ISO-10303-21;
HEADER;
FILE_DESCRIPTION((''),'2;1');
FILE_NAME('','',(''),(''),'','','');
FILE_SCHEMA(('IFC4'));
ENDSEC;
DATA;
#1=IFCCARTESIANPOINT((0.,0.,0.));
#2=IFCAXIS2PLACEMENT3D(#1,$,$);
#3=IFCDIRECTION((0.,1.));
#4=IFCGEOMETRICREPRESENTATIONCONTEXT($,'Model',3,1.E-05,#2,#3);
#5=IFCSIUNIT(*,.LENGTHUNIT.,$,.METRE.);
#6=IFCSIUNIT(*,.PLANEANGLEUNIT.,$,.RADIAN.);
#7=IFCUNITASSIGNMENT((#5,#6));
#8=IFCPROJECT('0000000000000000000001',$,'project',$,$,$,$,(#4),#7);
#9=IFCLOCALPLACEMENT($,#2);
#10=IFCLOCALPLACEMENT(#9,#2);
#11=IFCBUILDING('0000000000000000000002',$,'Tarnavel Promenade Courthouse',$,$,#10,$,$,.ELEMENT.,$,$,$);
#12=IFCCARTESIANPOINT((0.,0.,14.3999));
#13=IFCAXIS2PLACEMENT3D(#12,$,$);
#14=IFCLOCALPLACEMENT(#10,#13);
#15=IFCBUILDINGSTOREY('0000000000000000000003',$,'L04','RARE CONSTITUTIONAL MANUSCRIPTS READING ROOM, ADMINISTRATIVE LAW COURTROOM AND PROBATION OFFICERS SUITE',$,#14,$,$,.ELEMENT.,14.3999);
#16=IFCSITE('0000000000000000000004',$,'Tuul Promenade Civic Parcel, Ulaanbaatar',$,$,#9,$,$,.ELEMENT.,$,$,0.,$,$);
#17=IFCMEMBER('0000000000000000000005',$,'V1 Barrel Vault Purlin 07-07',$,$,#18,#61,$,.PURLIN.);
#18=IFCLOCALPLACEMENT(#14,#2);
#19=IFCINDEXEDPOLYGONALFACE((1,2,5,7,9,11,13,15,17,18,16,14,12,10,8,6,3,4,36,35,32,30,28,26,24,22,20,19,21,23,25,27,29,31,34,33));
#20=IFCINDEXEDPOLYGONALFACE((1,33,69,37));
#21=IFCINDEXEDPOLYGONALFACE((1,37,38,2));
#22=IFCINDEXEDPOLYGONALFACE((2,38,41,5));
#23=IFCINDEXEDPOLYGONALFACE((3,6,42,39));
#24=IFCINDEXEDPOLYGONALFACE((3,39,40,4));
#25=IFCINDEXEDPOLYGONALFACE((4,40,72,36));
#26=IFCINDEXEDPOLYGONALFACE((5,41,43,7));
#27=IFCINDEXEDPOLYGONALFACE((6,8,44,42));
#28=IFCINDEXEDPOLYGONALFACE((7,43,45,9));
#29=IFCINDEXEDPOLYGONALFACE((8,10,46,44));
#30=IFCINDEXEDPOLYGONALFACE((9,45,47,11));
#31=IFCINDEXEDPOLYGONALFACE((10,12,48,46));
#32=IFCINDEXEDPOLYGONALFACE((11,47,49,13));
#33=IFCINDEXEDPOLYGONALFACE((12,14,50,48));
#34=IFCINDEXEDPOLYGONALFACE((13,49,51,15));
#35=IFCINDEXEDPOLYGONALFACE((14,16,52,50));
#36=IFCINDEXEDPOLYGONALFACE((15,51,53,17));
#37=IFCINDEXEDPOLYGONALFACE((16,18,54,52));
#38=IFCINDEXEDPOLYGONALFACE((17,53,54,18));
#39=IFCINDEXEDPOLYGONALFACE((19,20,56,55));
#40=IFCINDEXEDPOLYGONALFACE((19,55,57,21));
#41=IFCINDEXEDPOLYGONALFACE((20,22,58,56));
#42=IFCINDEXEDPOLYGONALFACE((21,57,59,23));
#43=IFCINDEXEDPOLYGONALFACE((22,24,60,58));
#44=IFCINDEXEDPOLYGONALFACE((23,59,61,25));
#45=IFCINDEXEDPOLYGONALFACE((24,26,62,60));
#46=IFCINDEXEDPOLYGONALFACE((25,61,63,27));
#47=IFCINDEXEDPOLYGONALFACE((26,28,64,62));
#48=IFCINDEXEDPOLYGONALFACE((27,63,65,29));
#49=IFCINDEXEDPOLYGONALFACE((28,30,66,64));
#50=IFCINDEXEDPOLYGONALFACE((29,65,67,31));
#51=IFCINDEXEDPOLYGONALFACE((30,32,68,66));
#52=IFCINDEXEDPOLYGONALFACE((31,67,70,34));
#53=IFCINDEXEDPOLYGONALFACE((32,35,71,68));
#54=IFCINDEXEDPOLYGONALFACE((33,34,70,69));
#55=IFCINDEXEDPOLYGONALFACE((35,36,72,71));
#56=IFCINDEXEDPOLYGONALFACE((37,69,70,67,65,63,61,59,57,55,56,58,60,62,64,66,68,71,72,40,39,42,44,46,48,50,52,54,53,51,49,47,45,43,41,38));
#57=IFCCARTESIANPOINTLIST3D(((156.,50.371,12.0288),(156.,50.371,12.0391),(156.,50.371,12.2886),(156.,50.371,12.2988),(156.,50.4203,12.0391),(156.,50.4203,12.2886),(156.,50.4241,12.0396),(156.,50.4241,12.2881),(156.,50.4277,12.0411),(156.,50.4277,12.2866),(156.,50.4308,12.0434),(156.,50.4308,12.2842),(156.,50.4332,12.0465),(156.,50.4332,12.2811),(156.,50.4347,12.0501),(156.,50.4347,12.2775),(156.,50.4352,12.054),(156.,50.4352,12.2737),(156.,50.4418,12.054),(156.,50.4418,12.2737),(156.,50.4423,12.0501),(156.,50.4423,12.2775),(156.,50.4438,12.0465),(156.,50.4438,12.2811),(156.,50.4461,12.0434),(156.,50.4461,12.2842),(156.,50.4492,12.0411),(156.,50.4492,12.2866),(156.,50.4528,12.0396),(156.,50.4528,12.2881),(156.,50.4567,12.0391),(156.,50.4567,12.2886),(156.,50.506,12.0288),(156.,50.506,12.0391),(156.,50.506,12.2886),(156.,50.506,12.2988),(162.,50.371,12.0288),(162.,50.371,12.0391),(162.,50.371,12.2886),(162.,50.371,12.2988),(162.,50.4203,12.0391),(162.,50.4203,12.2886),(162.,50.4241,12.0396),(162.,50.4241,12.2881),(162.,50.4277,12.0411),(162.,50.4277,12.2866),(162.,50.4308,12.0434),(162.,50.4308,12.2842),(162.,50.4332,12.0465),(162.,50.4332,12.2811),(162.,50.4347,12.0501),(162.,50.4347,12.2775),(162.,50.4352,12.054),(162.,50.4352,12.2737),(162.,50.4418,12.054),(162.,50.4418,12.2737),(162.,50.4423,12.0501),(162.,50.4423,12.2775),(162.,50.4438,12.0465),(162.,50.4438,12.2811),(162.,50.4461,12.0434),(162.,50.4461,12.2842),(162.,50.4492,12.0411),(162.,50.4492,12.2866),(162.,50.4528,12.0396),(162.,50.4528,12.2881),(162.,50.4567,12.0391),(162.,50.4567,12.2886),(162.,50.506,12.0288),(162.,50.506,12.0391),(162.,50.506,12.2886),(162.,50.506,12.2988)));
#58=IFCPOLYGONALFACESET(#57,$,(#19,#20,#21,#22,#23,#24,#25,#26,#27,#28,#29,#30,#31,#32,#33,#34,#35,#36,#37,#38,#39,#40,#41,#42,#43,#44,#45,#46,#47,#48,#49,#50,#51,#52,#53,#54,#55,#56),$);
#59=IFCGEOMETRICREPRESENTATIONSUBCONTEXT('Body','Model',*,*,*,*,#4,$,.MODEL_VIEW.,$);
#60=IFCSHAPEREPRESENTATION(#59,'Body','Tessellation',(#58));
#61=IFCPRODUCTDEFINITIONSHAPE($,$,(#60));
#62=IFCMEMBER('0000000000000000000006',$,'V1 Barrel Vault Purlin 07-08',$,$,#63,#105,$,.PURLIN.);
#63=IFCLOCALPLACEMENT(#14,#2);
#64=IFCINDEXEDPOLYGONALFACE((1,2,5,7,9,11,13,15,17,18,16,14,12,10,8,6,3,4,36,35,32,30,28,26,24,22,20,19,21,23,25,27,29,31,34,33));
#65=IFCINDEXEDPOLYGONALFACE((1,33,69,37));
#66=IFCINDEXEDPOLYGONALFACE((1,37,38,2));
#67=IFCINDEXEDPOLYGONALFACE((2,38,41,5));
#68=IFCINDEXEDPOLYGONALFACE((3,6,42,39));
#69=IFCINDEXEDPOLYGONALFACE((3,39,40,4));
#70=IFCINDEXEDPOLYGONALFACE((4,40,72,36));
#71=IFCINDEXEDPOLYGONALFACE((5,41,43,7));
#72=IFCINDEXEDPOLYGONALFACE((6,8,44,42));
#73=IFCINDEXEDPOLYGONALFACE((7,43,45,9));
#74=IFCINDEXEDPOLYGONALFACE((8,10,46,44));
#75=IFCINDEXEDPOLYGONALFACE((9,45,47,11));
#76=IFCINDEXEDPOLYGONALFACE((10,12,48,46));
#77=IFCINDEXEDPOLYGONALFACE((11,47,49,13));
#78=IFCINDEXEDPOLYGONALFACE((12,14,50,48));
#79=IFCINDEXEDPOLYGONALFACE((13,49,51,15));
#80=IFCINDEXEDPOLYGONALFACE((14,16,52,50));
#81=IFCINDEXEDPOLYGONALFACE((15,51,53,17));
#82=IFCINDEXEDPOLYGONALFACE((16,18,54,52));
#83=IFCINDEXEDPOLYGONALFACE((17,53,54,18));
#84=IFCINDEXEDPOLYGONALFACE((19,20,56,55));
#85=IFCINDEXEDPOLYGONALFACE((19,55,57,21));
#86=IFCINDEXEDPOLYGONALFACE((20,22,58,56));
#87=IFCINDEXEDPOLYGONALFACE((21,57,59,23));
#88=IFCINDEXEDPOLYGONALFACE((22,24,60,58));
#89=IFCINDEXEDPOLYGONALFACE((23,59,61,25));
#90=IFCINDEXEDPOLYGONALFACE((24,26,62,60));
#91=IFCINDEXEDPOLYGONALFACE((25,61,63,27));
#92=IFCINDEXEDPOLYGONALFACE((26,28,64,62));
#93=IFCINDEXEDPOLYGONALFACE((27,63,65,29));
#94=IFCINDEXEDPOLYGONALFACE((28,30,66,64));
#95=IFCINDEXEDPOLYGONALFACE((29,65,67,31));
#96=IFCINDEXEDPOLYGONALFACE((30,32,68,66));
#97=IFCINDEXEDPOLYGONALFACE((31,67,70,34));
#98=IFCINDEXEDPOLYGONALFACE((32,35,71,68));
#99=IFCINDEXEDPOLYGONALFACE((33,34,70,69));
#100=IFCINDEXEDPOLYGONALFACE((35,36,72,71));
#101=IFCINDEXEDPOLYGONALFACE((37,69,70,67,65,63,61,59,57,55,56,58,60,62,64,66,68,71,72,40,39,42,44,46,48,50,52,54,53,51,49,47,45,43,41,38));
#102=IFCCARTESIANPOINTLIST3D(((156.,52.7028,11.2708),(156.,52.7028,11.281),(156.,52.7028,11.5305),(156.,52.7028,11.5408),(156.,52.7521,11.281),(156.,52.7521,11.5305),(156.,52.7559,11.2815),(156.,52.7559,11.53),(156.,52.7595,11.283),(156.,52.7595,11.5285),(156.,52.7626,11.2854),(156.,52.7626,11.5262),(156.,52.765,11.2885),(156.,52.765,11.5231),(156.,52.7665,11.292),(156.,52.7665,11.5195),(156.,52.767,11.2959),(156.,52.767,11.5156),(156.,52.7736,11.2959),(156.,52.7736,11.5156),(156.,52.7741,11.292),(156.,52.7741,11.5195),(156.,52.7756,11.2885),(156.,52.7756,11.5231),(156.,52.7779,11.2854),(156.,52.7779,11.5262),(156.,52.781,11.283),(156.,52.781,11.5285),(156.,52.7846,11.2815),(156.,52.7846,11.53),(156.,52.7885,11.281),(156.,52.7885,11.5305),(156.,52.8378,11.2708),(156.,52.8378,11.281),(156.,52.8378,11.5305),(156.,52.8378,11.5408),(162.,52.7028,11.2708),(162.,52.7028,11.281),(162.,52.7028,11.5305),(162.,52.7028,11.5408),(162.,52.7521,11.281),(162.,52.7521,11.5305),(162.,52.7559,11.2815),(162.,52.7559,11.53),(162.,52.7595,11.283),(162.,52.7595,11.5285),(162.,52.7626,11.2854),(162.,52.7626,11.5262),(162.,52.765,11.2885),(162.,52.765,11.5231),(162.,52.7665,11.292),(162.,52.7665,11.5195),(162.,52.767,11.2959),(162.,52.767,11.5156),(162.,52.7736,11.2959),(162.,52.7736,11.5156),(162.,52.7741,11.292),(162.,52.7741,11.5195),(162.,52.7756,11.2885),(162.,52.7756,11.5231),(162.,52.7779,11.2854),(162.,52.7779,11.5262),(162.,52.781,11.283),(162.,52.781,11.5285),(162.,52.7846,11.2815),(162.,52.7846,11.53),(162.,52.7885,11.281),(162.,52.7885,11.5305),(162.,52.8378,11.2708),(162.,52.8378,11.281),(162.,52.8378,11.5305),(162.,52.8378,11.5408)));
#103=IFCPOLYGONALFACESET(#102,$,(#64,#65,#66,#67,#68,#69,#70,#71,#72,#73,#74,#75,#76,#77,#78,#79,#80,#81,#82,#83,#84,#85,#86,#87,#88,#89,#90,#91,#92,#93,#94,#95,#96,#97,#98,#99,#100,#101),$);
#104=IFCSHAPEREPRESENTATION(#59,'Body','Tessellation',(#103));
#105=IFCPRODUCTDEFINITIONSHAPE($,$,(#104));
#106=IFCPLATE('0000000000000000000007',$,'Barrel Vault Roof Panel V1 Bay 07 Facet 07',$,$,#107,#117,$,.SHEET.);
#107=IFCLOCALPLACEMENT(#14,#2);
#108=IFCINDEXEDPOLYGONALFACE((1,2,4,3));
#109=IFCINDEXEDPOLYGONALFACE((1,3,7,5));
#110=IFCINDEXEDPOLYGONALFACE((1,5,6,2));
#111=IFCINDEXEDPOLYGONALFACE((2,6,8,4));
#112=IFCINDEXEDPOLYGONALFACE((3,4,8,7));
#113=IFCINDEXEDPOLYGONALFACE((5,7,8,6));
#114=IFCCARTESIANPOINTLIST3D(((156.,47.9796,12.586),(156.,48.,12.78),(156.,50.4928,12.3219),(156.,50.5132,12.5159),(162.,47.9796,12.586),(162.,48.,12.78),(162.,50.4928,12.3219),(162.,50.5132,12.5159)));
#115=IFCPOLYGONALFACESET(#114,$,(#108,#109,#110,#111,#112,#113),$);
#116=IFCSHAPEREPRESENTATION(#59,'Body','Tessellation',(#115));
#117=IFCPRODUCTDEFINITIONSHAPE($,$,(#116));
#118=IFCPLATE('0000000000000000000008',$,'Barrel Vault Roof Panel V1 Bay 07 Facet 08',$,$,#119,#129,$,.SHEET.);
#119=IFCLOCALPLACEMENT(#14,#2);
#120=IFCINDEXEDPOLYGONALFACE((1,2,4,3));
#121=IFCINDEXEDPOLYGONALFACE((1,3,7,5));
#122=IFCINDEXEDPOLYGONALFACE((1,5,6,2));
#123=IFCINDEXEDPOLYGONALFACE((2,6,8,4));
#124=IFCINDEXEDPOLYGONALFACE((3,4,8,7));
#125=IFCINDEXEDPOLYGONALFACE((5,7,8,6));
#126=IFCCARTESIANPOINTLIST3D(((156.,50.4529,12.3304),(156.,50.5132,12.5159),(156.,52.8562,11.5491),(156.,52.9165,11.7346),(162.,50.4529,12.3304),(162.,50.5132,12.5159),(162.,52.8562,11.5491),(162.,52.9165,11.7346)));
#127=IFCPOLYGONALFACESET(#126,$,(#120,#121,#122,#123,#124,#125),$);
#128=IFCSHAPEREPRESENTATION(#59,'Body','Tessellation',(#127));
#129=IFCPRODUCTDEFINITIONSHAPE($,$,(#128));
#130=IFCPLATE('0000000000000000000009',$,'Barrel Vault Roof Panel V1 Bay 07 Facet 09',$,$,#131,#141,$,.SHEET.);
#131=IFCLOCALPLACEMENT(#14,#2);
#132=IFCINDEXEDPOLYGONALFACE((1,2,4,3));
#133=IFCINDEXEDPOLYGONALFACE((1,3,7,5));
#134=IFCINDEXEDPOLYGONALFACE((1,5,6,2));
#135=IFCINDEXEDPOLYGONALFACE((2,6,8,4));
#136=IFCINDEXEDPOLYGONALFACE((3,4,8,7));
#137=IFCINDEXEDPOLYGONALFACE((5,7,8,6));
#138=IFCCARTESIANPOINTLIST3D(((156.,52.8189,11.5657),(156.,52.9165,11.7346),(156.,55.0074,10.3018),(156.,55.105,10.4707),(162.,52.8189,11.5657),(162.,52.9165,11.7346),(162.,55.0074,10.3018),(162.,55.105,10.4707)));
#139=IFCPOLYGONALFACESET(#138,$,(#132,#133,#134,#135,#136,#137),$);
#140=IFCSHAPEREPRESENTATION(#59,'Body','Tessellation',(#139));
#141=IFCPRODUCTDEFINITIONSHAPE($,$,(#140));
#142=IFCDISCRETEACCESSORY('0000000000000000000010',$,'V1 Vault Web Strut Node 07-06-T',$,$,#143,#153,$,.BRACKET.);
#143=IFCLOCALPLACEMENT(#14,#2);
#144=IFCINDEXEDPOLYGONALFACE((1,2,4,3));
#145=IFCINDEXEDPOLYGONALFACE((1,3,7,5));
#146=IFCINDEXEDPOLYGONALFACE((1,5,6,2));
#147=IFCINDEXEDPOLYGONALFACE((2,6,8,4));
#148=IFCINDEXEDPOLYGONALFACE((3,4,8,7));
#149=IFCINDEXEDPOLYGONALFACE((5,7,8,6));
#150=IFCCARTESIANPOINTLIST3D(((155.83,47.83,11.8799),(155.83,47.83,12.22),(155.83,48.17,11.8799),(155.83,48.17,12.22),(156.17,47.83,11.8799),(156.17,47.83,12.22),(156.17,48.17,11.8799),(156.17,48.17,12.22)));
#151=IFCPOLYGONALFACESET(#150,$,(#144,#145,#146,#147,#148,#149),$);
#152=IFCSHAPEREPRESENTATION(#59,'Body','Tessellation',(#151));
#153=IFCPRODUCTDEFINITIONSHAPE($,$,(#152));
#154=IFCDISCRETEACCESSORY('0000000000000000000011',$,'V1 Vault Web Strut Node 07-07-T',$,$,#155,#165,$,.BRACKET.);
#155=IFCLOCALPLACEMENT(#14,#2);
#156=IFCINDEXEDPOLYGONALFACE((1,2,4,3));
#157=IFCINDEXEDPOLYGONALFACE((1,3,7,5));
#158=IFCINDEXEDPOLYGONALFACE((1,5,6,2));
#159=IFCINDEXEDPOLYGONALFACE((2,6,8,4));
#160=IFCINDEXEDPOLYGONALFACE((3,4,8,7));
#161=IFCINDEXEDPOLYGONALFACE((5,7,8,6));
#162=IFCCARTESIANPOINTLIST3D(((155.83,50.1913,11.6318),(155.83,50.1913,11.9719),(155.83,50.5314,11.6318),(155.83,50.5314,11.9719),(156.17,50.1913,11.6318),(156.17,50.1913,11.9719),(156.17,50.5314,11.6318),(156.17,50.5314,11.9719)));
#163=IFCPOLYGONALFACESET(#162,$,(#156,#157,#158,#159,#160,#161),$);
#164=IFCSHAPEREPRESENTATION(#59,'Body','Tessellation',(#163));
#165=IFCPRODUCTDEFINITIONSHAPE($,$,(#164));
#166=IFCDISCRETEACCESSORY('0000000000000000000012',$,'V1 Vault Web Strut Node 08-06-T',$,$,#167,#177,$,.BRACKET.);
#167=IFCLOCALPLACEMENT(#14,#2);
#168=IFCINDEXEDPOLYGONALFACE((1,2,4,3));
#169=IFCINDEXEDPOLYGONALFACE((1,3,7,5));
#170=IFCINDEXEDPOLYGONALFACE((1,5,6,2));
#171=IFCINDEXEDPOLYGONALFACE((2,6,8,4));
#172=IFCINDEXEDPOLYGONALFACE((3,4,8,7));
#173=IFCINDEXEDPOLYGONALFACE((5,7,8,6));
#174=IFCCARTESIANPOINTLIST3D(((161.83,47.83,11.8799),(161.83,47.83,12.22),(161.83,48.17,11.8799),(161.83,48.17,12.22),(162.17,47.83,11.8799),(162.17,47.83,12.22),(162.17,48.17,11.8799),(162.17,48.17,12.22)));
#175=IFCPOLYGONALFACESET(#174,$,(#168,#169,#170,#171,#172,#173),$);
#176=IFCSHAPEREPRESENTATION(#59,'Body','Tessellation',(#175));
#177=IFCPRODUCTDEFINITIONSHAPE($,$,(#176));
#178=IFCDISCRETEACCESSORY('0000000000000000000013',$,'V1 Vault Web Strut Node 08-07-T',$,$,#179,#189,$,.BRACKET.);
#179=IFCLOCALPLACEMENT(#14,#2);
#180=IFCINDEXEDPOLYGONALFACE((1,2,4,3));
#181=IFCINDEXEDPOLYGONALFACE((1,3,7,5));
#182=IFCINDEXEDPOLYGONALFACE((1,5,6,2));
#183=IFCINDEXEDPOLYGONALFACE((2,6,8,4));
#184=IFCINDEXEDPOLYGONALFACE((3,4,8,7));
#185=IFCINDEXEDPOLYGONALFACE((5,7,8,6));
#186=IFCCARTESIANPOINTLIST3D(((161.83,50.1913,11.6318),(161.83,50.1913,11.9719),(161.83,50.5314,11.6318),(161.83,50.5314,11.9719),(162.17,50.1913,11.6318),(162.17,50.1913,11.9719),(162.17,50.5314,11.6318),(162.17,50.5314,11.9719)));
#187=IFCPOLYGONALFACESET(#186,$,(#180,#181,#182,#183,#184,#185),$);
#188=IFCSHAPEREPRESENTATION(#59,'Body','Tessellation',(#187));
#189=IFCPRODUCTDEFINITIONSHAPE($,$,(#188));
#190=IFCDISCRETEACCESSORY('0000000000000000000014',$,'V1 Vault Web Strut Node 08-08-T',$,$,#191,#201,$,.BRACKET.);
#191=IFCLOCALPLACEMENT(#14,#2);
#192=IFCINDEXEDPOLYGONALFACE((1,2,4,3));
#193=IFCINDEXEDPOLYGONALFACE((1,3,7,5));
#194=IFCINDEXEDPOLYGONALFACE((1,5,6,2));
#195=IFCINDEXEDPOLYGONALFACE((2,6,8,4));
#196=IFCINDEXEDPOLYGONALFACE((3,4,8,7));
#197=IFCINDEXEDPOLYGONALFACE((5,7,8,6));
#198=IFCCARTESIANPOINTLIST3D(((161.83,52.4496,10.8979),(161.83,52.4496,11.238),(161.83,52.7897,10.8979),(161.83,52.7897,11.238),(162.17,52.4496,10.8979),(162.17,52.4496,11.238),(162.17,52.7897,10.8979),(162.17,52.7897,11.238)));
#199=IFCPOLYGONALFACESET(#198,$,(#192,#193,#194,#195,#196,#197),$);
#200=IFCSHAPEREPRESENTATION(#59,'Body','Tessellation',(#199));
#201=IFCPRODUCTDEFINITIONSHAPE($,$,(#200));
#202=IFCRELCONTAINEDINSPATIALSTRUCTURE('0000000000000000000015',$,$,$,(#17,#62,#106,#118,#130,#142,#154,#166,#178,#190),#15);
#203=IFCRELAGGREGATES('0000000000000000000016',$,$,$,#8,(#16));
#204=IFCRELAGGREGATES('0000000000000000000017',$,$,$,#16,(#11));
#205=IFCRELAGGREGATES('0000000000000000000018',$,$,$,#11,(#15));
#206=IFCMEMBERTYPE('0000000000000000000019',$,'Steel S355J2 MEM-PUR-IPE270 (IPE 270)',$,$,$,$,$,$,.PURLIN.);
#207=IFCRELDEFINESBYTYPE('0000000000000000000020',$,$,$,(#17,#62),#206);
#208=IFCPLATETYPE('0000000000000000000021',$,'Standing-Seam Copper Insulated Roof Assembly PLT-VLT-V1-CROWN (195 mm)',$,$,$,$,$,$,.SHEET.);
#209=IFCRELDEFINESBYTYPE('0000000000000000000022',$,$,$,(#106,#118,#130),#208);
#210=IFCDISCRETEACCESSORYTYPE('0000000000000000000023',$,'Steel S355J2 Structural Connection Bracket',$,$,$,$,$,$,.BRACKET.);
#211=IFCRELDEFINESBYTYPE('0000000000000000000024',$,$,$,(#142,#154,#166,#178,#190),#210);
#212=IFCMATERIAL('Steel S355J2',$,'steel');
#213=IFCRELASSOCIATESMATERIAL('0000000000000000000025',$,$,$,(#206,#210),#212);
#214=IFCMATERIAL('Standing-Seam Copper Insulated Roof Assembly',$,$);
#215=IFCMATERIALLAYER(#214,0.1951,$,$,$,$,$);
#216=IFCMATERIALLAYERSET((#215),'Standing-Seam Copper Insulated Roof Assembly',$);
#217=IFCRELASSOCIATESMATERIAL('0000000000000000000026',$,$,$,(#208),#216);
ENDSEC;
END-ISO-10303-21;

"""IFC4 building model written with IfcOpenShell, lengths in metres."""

from ifc_helpers import new_model, si_unit, direction, frame, origin, origin_2d, place, context, subcontext, project, spatial, polyline, rectangle, i_section, outline, extrude, material, layer, layer_set, material_profile, profile_set, type_object, element, save


model = new_model("IFC4")

# Units and contexts
model_context = context("Model", 3, precision=1e-05, world=origin(), true_north=direction((0.0, 1.0)))
body_context = subcontext(model_context, "Body", "Model", "MODEL_VIEW")
ifc_project = project(units=[si_unit("LENGTHUNIT", "METRE"), si_unit("PLANEANGLEUNIT", "RADIAN")], contexts=[model_context])

# Site, building, storey
site_placement = place(None, origin())
site = spatial("IfcSite", under=ifc_project, at=site_placement, Name="Tuul Promenade Civic Parcel, Ulaanbaatar", CompositionType="ELEMENT", RefElevation=0.0)
building_placement = place(site_placement, origin())
building = spatial("IfcBuilding", under=site, at=building_placement, Name="Tarnavel Promenade Courthouse", CompositionType="ELEMENT")
storey_placement = place(building_placement, frame((0.0, 0.0, 14.3999)))
storey = spatial("IfcBuildingStorey", under=building, at=storey_placement, Name="L04", Description="RARE CONSTITUTIONAL MANUSCRIPTS READING ROOM, ADMINISTRATIVE LAW COURTROOM AND PROBATION OFFICERS SUITE", CompositionType="ELEMENT", Elevation=14.3999)

# Shared definitions
ifc_material_1 = material(Name="Steel S355J2", Category="steel")

# Members
ifc_material_profile_1 = material_profile(ifc_material_1, i_section(OverallWidth=0.135, OverallDepth=0.27, WebThickness=0.0066, FlangeThickness=0.0103, FilletRadius=0.0149, at=origin_2d()), Name="IPE 270")
ifc_profile_set_1 = profile_set([ifc_material_profile_1], Name="Steel S355J2")
member_type_1 = type_object("IfcMemberType", Name="Steel S355J2 MEM-PUR-IPE270 (IPE 270)", PredefinedType="PURLIN", material=ifc_profile_set_1)
for number, where, z_axis, x_axis, name in (
    (1, (156.0, 50.4385, 12.1638), (1.0, 0.0, 0.0), (0.0, 1.0, 0.0), "V1 Barrel Vault Purlin 07-07"),
    (2, (156.0, 52.7703, 11.4058), (1.0, 0.0, 0.0), (0.0, 1.0, 0.0), "V1 Barrel Vault Purlin 07-08"),
):
    element("IfcMember", number, at=place(storey_placement, frame(where, z_axis=z_axis, x_axis=x_axis)), inside=storey, type_object=member_type_1, Name=name, PredefinedType="PURLIN", context=body_context, shape_type="SweptSolid", body=[
        extrude(i_section(OverallWidth=0.135, OverallDepth=0.27, WebThickness=0.0066, FlangeThickness=0.0103, FilletRadius=0.0149, at=origin_2d()), origin(), (0.0, 0.0, 1.0), 6.0),
    ])

# Plates
ifc_material_2 = material(Name="Standing-Seam Copper Insulated Roof Assembly")
ifc_layer = layer(ifc_material_2, 0.1951)
ifc_layer_set = layer_set([ifc_layer], Name="Standing-Seam Copper Insulated Roof Assembly")
plate_type = type_object("IfcPlateType", Name="Standing-Seam Copper Insulated Roof Assembly PLT-VLT-V1-CROWN (195 mm)", PredefinedType="SHEET", material=ifc_layer_set)
plate_1_placement = place(storey_placement, frame((156.0, 48.0, 12.78), z_axis=(0.0, 0.104534, 0.994521), x_axis=(1.0, 0.0, 0.0)))
element("IfcPlate", 3, at=plate_1_placement, inside=storey, type_object=plate_type, Name="Barrel Vault Roof Panel V1 Bay 07 Facet 07", PredefinedType="SHEET", context=body_context, shape_type="SweptSolid", body=[
    extrude(outline(polyline([(0.0, 0.0), (6.0, 0.0), (6.0, 2.527), (0.0, 2.527), (0.0, 0.0)])), origin(), (0.0, 0.0, -1.0), 0.1951),
])
plate_2_placement = place(storey_placement, frame((156.0, 50.5132, 12.5159), z_axis=(0.0, 0.309147, 0.951014), x_axis=(1.0, 0.0, 0.0)))
element("IfcPlate", 4, at=plate_2_placement, inside=storey, type_object=plate_type, Name="Barrel Vault Roof Panel V1 Bay 07 Facet 08", PredefinedType="SHEET", context=body_context, shape_type="SweptSolid", body=[
    extrude(outline(polyline([(0.0, 0.0), (6.0, 0.0), (6.0, 2.5271), (0.0, 2.5271), (0.0, 0.0)])), origin(), (0.0, 0.0, -1.0), 0.1951),
])
plate_3_placement = place(storey_placement, frame((156.0, 52.9165, 11.7346), z_axis=(0.0, 0.500118, 0.865957), x_axis=(1.0, 0.0, 0.0)))
element("IfcPlate", 5, at=plate_3_placement, inside=storey, type_object=plate_type, Name="Barrel Vault Roof Panel V1 Bay 07 Facet 09", PredefinedType="SHEET", context=body_context, shape_type="SweptSolid", body=[
    extrude(outline(polyline([(0.0, 0.0), (6.0, 0.0), (6.0, 2.5272), (0.0, 2.5272), (0.0, 0.0)])), origin(), (0.0, 0.0, -1.0), 0.1951),
])

# Discrete accessories
discrete_accessory_type = type_object("IfcDiscreteAccessoryType", Name="Steel S355J2 Structural Connection Bracket", PredefinedType="BRACKET", material=ifc_material_1)
for number, where, z_axis, x_axis, name in (
    (6, (156.0, 48.0, 11.8799), (0.0, 0.0, 1.0), (1.0, 0.0, 0.0), "V1 Vault Web Strut Node 07-06-T"),
    (7, (156.0, 50.3613, 11.6318), (0.0, 0.0, 1.0), (1.0, 0.0, 0.0), "V1 Vault Web Strut Node 07-07-T"),
    (8, (162.0, 48.0, 11.8799), (0.0, 0.0, 1.0), (1.0, 0.0, 0.0), "V1 Vault Web Strut Node 08-06-T"),
    (9, (162.0, 50.3613, 11.6318), (0.0, 0.0, 1.0), (1.0, 0.0, 0.0), "V1 Vault Web Strut Node 08-07-T"),
    (10, (162.0, 52.6196, 10.8979), (0.0, 0.0, 1.0), (1.0, 0.0, 0.0), "V1 Vault Web Strut Node 08-08-T"),
):
    element("IfcDiscreteAccessory", number, at=place(storey_placement, frame(where, z_axis=z_axis, x_axis=x_axis)), inside=storey, type_object=discrete_accessory_type, Name=name, PredefinedType="BRACKET", context=body_context, shape_type="SweptSolid", body=[
        extrude(rectangle(XDim=0.3401, YDim=0.3401, at=origin_2d()), origin(), (0.0, 0.0, 1.0), 0.3401),
    ])

save(model, "model.ifc")
